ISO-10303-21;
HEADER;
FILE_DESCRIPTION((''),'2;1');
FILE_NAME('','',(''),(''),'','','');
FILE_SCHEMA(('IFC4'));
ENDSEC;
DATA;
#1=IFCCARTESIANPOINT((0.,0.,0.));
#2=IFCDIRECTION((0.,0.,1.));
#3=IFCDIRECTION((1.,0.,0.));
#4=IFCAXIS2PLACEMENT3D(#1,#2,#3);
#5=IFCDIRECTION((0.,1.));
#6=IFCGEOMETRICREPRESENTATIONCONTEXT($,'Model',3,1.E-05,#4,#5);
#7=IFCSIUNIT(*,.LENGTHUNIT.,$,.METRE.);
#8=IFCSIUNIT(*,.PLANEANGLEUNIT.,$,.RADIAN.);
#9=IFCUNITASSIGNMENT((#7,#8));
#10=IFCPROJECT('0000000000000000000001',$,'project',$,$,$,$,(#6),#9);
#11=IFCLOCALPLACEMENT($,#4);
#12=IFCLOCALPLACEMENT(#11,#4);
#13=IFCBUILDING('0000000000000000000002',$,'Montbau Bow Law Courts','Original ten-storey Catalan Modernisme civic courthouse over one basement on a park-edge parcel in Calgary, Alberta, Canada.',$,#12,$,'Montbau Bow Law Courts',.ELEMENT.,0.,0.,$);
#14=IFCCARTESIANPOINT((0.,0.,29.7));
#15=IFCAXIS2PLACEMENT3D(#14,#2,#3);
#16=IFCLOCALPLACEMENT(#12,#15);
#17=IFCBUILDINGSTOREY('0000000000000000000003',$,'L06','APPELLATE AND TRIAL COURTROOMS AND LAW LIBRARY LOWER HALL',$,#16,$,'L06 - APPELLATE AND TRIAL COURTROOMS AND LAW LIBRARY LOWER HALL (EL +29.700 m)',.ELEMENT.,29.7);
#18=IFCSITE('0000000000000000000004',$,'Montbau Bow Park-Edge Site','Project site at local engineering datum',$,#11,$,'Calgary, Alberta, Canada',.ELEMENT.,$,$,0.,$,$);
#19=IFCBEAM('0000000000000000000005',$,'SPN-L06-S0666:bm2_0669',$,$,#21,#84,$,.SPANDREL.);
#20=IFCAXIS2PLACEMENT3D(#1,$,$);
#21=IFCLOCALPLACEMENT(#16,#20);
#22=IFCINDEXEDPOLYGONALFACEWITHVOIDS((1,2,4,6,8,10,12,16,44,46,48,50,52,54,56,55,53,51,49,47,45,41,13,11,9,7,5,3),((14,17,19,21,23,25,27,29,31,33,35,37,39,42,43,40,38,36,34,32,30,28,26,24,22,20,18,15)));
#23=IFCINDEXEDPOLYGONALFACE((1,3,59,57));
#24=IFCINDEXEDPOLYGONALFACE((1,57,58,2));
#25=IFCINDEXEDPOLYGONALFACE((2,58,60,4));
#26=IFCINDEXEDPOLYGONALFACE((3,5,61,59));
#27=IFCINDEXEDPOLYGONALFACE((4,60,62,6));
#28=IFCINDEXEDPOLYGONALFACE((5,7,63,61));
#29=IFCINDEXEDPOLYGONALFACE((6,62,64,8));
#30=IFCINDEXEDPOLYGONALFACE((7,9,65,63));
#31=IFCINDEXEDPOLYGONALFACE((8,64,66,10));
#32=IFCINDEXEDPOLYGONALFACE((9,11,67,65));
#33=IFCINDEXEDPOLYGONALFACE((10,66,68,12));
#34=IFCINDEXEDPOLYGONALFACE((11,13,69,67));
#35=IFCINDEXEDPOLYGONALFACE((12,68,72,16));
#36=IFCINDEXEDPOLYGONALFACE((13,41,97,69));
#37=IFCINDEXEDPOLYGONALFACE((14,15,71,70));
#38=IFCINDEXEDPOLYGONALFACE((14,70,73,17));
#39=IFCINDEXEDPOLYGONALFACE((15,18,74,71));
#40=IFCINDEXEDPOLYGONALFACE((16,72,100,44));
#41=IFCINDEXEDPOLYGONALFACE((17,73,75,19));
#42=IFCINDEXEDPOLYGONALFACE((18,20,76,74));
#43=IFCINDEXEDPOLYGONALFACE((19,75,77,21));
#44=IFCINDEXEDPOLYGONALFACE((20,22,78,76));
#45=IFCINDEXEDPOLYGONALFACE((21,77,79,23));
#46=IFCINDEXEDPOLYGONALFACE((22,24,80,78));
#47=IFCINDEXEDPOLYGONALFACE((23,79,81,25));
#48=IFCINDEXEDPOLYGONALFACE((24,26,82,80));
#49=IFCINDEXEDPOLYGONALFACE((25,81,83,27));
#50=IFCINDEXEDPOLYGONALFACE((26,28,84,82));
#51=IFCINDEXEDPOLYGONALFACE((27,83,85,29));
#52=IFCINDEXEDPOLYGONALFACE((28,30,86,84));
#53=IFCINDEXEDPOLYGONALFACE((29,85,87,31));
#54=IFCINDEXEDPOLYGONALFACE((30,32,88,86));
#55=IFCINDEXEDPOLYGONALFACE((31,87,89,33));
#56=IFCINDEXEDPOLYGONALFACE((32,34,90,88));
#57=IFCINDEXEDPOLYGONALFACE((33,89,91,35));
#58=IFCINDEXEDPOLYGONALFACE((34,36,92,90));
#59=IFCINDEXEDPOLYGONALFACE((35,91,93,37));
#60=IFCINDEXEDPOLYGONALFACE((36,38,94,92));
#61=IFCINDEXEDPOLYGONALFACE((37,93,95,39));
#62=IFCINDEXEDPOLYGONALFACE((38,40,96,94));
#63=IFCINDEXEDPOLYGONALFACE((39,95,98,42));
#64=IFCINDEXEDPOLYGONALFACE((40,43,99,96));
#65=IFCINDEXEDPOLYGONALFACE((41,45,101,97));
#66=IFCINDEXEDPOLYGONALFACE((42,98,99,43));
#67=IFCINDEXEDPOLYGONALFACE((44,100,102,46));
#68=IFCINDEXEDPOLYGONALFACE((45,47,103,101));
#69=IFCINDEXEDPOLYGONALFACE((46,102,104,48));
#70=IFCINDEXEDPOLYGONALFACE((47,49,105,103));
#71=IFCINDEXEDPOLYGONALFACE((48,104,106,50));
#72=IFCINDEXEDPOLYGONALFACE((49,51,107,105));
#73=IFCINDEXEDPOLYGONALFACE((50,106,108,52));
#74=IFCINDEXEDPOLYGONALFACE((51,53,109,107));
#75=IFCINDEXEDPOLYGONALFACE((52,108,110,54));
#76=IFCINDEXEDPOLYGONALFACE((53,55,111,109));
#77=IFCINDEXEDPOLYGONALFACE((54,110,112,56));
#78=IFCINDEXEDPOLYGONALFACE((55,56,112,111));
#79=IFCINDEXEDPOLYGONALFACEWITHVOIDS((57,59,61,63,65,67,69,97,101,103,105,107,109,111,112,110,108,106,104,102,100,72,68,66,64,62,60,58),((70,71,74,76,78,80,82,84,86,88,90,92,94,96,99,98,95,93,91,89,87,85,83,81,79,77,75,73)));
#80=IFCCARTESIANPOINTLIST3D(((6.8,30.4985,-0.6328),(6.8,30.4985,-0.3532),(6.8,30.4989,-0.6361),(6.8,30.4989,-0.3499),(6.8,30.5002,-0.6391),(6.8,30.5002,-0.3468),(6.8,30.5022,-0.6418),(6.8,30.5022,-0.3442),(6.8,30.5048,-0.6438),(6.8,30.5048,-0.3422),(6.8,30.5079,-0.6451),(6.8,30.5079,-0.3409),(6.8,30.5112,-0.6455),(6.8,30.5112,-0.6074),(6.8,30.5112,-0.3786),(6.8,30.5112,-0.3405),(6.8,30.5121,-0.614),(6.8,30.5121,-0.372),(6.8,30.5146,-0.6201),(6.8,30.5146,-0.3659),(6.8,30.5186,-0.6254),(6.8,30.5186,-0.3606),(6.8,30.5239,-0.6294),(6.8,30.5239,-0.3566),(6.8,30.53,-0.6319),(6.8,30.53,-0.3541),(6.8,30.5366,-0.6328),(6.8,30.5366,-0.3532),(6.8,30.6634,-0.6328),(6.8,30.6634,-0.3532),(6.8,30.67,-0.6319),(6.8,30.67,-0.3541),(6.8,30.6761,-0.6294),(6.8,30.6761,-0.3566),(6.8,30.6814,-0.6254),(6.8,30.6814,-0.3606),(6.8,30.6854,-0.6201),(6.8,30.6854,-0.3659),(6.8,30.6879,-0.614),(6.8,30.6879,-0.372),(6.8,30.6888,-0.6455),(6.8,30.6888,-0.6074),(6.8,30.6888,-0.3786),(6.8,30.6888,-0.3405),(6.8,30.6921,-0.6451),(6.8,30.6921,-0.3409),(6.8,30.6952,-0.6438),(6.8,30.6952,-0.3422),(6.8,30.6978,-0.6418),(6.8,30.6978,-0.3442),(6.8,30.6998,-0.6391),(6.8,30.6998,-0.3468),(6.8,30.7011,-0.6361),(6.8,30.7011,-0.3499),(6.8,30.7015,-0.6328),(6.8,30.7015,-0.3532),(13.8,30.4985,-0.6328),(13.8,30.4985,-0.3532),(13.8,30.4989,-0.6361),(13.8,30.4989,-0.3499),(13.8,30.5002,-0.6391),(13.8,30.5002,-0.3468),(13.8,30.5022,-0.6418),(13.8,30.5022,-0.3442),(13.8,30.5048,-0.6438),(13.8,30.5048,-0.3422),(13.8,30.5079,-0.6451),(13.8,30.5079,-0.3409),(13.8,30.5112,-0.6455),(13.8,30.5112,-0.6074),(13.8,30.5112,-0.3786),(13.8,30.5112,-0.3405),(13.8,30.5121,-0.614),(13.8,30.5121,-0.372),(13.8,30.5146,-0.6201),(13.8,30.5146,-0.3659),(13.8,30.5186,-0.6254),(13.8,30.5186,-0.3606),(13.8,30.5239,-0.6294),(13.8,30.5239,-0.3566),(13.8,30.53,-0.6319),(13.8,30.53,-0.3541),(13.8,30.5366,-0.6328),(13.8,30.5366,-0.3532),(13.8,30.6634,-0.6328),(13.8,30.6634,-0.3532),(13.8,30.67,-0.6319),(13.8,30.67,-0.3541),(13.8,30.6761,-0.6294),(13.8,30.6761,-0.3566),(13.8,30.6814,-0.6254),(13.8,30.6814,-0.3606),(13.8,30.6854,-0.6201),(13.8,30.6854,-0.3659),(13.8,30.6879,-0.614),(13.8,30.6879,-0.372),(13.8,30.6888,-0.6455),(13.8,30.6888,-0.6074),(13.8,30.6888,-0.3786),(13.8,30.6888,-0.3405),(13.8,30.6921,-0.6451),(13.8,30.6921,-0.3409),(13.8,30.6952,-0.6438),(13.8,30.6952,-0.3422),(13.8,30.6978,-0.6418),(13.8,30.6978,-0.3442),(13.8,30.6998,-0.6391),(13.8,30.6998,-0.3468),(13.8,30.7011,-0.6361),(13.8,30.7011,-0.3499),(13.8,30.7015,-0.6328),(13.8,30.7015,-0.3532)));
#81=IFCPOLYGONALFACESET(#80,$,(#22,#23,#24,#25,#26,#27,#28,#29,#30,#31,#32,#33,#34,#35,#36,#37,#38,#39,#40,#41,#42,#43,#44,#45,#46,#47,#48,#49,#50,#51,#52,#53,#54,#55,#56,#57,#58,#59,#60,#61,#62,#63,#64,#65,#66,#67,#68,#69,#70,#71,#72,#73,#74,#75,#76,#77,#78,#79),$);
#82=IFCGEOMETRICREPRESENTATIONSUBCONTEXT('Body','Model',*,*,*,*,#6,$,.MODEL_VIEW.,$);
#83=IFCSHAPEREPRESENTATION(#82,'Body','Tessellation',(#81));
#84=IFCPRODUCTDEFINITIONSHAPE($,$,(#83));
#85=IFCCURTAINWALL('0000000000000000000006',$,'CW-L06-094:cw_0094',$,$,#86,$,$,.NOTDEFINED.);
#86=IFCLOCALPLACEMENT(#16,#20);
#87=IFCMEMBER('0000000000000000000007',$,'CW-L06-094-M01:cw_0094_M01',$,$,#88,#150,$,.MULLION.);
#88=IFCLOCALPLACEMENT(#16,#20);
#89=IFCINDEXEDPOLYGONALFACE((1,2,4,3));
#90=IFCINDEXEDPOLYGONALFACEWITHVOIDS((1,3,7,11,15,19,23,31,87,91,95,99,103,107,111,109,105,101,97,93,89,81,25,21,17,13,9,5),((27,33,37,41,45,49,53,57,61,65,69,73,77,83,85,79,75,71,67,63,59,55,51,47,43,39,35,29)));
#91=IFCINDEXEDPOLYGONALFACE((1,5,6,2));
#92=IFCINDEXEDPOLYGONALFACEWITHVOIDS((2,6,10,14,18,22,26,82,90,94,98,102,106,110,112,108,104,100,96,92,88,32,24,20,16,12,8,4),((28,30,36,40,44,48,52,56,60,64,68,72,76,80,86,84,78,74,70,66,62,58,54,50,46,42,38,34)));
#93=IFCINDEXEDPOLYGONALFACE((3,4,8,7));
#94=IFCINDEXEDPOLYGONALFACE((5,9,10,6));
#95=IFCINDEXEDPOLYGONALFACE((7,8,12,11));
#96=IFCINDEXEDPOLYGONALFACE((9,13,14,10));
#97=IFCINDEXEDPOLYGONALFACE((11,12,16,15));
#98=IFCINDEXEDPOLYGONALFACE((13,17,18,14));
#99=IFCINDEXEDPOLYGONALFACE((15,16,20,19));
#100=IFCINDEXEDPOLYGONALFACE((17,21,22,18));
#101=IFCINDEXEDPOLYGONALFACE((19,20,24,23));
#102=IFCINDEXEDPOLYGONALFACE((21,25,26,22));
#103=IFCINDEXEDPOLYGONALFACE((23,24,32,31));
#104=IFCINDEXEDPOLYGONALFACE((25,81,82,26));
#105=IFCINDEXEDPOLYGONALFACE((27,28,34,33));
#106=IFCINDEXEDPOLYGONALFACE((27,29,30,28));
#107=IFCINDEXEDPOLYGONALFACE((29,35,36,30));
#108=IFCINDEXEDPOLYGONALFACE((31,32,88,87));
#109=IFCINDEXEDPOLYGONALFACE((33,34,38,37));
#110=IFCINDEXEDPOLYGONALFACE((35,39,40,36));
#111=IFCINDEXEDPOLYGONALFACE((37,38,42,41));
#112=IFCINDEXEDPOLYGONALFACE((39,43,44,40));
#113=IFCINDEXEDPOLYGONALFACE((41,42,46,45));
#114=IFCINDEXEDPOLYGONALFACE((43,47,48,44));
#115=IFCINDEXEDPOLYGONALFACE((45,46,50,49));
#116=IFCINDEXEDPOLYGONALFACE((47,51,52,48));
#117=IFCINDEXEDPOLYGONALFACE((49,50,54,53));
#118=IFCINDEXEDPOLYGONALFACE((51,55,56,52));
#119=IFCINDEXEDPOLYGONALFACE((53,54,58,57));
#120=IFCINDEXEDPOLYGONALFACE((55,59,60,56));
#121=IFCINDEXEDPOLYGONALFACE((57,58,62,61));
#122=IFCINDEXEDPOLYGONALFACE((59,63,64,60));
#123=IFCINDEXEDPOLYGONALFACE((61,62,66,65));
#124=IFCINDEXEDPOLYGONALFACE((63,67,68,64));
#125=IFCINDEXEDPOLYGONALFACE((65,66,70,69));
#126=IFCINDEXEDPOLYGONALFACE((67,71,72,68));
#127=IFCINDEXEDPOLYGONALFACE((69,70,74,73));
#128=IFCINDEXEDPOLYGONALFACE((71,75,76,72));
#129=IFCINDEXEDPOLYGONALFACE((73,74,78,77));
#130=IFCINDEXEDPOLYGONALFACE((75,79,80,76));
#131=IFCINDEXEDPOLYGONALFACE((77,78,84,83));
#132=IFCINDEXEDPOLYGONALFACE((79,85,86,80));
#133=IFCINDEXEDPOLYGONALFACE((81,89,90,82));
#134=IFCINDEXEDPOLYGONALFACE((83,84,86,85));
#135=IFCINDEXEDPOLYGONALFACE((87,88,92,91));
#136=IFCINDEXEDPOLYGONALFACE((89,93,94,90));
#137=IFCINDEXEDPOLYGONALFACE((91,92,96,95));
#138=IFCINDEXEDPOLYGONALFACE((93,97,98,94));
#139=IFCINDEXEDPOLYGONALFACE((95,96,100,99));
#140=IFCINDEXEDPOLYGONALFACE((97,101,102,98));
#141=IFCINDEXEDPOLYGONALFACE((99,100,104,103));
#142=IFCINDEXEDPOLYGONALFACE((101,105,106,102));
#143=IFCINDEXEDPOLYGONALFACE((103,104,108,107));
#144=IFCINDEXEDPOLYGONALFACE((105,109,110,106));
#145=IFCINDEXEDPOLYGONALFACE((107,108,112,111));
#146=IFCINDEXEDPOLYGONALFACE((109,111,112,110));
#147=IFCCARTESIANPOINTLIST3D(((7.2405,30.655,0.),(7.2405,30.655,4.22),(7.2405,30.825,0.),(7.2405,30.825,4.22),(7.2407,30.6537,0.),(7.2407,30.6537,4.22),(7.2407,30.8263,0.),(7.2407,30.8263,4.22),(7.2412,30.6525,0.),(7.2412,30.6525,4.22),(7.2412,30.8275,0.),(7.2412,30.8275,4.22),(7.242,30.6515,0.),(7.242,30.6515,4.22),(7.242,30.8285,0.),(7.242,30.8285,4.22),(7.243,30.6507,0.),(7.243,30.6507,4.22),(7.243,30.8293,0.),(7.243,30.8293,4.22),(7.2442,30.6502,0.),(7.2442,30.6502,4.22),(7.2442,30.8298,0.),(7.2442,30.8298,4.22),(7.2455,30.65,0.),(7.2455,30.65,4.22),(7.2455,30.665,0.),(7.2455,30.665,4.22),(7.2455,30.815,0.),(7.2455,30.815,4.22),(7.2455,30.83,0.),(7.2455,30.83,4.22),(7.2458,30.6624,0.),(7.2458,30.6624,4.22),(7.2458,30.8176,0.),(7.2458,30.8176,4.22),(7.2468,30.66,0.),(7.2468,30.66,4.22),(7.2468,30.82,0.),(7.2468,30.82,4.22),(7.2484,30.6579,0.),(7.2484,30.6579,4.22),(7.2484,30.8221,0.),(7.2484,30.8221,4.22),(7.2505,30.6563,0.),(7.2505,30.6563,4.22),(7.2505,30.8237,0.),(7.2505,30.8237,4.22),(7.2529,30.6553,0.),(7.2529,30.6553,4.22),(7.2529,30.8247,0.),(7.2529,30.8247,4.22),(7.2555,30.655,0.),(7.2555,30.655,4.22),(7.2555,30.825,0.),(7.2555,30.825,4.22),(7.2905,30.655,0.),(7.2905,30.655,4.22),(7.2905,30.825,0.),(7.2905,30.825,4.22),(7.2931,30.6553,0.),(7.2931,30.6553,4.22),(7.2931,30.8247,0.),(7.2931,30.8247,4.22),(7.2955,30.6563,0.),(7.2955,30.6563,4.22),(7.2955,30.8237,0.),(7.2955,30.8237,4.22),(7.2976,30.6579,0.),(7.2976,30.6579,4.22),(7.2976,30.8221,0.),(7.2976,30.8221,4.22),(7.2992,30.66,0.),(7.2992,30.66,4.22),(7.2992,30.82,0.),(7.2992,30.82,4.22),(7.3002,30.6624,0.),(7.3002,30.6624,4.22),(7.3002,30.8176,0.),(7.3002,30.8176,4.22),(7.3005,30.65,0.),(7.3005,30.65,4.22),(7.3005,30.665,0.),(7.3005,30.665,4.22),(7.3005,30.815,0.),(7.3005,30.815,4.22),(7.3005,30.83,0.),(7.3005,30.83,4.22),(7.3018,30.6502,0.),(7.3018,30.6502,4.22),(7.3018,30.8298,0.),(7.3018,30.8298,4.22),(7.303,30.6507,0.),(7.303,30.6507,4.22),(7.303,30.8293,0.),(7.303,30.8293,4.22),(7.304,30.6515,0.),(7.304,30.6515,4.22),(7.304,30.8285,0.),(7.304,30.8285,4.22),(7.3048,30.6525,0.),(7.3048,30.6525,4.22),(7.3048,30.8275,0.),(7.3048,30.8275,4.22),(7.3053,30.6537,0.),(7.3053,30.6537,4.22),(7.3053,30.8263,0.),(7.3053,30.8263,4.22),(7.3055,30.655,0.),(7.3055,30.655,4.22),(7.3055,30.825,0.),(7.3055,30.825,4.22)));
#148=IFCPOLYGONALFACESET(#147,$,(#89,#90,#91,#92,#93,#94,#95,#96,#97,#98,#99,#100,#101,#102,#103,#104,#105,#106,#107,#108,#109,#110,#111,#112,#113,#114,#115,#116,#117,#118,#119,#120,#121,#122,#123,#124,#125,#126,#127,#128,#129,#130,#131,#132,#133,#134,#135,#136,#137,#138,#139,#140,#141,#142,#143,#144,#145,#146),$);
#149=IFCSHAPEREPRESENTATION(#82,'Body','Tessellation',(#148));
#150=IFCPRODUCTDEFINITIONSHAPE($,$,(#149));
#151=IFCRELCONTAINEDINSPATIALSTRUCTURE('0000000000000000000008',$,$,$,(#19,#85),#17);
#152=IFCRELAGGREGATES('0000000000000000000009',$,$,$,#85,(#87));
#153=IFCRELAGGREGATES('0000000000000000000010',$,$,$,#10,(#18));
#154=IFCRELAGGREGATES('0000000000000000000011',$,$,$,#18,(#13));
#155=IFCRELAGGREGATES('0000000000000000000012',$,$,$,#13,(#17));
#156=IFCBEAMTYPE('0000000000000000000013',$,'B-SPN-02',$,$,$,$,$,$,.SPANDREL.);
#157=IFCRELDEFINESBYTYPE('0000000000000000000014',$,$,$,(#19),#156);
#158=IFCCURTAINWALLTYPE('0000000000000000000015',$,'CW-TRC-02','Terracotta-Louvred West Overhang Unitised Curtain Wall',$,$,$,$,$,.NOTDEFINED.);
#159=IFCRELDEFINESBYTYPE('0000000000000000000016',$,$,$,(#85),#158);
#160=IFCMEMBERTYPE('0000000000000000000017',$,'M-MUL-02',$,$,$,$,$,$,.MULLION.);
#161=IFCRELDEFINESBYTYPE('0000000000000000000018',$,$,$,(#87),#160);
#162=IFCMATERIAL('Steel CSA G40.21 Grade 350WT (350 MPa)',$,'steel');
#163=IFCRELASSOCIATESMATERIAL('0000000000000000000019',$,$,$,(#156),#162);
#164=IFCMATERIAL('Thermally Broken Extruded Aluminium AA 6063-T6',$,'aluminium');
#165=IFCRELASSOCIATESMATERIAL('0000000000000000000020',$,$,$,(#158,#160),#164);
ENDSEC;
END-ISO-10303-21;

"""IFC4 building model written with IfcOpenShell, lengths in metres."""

from ifc_helpers import new_model, si_unit, direction, frame, origin_with_axes, origin_2d_with_axis, place, context, subcontext, project, spatial, hollow_rectangle, extrude, material, material_profile, profile_set, type_object, element, aggregate, save


model = new_model("IFC4")

# Units and contexts
model_context = context("Model", 3, precision=1e-05, world=origin_with_axes(), true_north=direction((0.0, 1.0)))
body_context = subcontext(model_context, "Body", "Model", "MODEL_VIEW")
ifc_project = project(units=[si_unit("LENGTHUNIT", "METRE"), si_unit("PLANEANGLEUNIT", "RADIAN")], contexts=[model_context])

# Site, building, storey
site_placement = place(None, origin_with_axes())
site = spatial("IfcSite", under=ifc_project, at=site_placement, Name="Montbau Bow Park-Edge Site", Description="Project site at local engineering datum", LongName="Calgary, Alberta, Canada", CompositionType="ELEMENT", RefElevation=0.0)
building_placement = place(site_placement, origin_with_axes())
building = spatial("IfcBuilding", under=site, at=building_placement, Name="Montbau Bow Law Courts", Description="Original ten-storey Catalan Modernisme civic courthouse over one basement on a park-edge parcel in Calgary, Alberta, Canada.", LongName="Montbau Bow Law Courts", CompositionType="ELEMENT", ElevationOfRefHeight=0.0, ElevationOfTerrain=0.0)
storey_placement = place(building_placement, frame((0.0, 0.0, 29.7), z_axis=(0.0, 0.0, 1.0), x_axis=(1.0, 0.0, 0.0)))
storey = spatial("IfcBuildingStorey", under=building, at=storey_placement, Name="L06", Description="APPELLATE AND TRIAL COURTROOMS AND LAW LIBRARY LOWER HALL", LongName="L06 - APPELLATE AND TRIAL COURTROOMS AND LAW LIBRARY LOWER HALL (EL +29.700 m)", CompositionType="ELEMENT", Elevation=29.7)

# Beam
ifc_material_1 = material(Name="Steel CSA G40.21 Grade 350WT (350 MPa)", Category="steel")
ifc_material_profile_1 = material_profile(ifc_material_1, hollow_rectangle(XDim=0.203, YDim=0.305, WallThickness=0.0127, InnerFilletRadius=0.0254, OuterFilletRadius=0.0127, at=origin_2d_with_axis()), Name="HSS305X203X13", Category="Main", Priority=0)
ifc_profile_set_1 = profile_set([ifc_material_profile_1], Name="Steel CSA G40.21 Grade 350WT (350 MPa)")
beam_type_1 = type_object("IfcBeamType", Name="B-SPN-02", PredefinedType="SPANDREL", material=ifc_profile_set_1)
beam_placement = place(None, frame((6.8, 30.6, 29.207), z_axis=(1.0, 0.0, 0.0), x_axis=(0.0, 1.0, 0.0)))
element("IfcBeam", 1, at=beam_placement, inside=storey, type_object=beam_type_1, Name="SPN-L06-S0666:bm2_0669", PredefinedType="SPANDREL", context=body_context, shape_type="SweptSolid", body=[
    extrude(hollow_rectangle(XDim=0.203, YDim=0.305, WallThickness=0.0127, InnerFilletRadius=0.0254, OuterFilletRadius=0.0127, at=origin_2d_with_axis()), origin_with_axes(), (0.0, 0.0, 1.0), 7.0),
])

# Curtain wall, member
ifc_material_2 = material(Name="Thermally Broken Extruded Aluminium AA 6063-T6", Category="aluminium")
curtain_wall_type = type_object("IfcCurtainWallType", Name="CW-TRC-02", Description="Terracotta-Louvred West Overhang Unitised Curtain Wall", PredefinedType="NOTDEFINED", material=ifc_material_2)
curtain_wall_placement = place(None, frame((7.24, 30.74, 29.7), z_axis=(0.0, 0.0, 1.0), x_axis=(1.0, 0.0, 0.0)))
curtain_wall = element("IfcCurtainWall", 2, at=curtain_wall_placement, inside=storey, type_object=curtain_wall_type, Name="CW-L06-094:cw_0094", PredefinedType="NOTDEFINED")
ifc_material_profile_2 = material_profile(ifc_material_2, hollow_rectangle(XDim=0.065, YDim=0.18, WallThickness=0.005, InnerFilletRadius=0.01, OuterFilletRadius=0.005, at=origin_2d_with_axis()), Name="CWM-180X65", Category="Main", Priority=0)
ifc_profile_set_2 = profile_set([ifc_material_profile_2], Name="Thermally Broken Extruded Aluminium AA 6063-T6")
member_type = type_object("IfcMemberType", Name="M-MUL-02", PredefinedType="MULLION", material=ifc_profile_set_2)
member_1_placement = place(None, frame((7.273, 30.74, 29.7), z_axis=(0.0, 0.0, 1.0), x_axis=(1.0, 0.0, 0.0)))
member_1 = element("IfcMember", 3, at=member_1_placement, type_object=member_type, Name="CW-L06-094-M01:cw_0094_M01", PredefinedType="MULLION", context=body_context, shape_type="SweptSolid", body=[
    extrude(hollow_rectangle(XDim=0.065, YDim=0.18, WallThickness=0.005, InnerFilletRadius=0.01, OuterFilletRadius=0.005, at=origin_2d_with_axis()), origin_with_axes(), (0.0, 0.0, 1.0), 4.22),
])
aggregate(curtain_wall, [member_1])

save(model, "model.ifc")
